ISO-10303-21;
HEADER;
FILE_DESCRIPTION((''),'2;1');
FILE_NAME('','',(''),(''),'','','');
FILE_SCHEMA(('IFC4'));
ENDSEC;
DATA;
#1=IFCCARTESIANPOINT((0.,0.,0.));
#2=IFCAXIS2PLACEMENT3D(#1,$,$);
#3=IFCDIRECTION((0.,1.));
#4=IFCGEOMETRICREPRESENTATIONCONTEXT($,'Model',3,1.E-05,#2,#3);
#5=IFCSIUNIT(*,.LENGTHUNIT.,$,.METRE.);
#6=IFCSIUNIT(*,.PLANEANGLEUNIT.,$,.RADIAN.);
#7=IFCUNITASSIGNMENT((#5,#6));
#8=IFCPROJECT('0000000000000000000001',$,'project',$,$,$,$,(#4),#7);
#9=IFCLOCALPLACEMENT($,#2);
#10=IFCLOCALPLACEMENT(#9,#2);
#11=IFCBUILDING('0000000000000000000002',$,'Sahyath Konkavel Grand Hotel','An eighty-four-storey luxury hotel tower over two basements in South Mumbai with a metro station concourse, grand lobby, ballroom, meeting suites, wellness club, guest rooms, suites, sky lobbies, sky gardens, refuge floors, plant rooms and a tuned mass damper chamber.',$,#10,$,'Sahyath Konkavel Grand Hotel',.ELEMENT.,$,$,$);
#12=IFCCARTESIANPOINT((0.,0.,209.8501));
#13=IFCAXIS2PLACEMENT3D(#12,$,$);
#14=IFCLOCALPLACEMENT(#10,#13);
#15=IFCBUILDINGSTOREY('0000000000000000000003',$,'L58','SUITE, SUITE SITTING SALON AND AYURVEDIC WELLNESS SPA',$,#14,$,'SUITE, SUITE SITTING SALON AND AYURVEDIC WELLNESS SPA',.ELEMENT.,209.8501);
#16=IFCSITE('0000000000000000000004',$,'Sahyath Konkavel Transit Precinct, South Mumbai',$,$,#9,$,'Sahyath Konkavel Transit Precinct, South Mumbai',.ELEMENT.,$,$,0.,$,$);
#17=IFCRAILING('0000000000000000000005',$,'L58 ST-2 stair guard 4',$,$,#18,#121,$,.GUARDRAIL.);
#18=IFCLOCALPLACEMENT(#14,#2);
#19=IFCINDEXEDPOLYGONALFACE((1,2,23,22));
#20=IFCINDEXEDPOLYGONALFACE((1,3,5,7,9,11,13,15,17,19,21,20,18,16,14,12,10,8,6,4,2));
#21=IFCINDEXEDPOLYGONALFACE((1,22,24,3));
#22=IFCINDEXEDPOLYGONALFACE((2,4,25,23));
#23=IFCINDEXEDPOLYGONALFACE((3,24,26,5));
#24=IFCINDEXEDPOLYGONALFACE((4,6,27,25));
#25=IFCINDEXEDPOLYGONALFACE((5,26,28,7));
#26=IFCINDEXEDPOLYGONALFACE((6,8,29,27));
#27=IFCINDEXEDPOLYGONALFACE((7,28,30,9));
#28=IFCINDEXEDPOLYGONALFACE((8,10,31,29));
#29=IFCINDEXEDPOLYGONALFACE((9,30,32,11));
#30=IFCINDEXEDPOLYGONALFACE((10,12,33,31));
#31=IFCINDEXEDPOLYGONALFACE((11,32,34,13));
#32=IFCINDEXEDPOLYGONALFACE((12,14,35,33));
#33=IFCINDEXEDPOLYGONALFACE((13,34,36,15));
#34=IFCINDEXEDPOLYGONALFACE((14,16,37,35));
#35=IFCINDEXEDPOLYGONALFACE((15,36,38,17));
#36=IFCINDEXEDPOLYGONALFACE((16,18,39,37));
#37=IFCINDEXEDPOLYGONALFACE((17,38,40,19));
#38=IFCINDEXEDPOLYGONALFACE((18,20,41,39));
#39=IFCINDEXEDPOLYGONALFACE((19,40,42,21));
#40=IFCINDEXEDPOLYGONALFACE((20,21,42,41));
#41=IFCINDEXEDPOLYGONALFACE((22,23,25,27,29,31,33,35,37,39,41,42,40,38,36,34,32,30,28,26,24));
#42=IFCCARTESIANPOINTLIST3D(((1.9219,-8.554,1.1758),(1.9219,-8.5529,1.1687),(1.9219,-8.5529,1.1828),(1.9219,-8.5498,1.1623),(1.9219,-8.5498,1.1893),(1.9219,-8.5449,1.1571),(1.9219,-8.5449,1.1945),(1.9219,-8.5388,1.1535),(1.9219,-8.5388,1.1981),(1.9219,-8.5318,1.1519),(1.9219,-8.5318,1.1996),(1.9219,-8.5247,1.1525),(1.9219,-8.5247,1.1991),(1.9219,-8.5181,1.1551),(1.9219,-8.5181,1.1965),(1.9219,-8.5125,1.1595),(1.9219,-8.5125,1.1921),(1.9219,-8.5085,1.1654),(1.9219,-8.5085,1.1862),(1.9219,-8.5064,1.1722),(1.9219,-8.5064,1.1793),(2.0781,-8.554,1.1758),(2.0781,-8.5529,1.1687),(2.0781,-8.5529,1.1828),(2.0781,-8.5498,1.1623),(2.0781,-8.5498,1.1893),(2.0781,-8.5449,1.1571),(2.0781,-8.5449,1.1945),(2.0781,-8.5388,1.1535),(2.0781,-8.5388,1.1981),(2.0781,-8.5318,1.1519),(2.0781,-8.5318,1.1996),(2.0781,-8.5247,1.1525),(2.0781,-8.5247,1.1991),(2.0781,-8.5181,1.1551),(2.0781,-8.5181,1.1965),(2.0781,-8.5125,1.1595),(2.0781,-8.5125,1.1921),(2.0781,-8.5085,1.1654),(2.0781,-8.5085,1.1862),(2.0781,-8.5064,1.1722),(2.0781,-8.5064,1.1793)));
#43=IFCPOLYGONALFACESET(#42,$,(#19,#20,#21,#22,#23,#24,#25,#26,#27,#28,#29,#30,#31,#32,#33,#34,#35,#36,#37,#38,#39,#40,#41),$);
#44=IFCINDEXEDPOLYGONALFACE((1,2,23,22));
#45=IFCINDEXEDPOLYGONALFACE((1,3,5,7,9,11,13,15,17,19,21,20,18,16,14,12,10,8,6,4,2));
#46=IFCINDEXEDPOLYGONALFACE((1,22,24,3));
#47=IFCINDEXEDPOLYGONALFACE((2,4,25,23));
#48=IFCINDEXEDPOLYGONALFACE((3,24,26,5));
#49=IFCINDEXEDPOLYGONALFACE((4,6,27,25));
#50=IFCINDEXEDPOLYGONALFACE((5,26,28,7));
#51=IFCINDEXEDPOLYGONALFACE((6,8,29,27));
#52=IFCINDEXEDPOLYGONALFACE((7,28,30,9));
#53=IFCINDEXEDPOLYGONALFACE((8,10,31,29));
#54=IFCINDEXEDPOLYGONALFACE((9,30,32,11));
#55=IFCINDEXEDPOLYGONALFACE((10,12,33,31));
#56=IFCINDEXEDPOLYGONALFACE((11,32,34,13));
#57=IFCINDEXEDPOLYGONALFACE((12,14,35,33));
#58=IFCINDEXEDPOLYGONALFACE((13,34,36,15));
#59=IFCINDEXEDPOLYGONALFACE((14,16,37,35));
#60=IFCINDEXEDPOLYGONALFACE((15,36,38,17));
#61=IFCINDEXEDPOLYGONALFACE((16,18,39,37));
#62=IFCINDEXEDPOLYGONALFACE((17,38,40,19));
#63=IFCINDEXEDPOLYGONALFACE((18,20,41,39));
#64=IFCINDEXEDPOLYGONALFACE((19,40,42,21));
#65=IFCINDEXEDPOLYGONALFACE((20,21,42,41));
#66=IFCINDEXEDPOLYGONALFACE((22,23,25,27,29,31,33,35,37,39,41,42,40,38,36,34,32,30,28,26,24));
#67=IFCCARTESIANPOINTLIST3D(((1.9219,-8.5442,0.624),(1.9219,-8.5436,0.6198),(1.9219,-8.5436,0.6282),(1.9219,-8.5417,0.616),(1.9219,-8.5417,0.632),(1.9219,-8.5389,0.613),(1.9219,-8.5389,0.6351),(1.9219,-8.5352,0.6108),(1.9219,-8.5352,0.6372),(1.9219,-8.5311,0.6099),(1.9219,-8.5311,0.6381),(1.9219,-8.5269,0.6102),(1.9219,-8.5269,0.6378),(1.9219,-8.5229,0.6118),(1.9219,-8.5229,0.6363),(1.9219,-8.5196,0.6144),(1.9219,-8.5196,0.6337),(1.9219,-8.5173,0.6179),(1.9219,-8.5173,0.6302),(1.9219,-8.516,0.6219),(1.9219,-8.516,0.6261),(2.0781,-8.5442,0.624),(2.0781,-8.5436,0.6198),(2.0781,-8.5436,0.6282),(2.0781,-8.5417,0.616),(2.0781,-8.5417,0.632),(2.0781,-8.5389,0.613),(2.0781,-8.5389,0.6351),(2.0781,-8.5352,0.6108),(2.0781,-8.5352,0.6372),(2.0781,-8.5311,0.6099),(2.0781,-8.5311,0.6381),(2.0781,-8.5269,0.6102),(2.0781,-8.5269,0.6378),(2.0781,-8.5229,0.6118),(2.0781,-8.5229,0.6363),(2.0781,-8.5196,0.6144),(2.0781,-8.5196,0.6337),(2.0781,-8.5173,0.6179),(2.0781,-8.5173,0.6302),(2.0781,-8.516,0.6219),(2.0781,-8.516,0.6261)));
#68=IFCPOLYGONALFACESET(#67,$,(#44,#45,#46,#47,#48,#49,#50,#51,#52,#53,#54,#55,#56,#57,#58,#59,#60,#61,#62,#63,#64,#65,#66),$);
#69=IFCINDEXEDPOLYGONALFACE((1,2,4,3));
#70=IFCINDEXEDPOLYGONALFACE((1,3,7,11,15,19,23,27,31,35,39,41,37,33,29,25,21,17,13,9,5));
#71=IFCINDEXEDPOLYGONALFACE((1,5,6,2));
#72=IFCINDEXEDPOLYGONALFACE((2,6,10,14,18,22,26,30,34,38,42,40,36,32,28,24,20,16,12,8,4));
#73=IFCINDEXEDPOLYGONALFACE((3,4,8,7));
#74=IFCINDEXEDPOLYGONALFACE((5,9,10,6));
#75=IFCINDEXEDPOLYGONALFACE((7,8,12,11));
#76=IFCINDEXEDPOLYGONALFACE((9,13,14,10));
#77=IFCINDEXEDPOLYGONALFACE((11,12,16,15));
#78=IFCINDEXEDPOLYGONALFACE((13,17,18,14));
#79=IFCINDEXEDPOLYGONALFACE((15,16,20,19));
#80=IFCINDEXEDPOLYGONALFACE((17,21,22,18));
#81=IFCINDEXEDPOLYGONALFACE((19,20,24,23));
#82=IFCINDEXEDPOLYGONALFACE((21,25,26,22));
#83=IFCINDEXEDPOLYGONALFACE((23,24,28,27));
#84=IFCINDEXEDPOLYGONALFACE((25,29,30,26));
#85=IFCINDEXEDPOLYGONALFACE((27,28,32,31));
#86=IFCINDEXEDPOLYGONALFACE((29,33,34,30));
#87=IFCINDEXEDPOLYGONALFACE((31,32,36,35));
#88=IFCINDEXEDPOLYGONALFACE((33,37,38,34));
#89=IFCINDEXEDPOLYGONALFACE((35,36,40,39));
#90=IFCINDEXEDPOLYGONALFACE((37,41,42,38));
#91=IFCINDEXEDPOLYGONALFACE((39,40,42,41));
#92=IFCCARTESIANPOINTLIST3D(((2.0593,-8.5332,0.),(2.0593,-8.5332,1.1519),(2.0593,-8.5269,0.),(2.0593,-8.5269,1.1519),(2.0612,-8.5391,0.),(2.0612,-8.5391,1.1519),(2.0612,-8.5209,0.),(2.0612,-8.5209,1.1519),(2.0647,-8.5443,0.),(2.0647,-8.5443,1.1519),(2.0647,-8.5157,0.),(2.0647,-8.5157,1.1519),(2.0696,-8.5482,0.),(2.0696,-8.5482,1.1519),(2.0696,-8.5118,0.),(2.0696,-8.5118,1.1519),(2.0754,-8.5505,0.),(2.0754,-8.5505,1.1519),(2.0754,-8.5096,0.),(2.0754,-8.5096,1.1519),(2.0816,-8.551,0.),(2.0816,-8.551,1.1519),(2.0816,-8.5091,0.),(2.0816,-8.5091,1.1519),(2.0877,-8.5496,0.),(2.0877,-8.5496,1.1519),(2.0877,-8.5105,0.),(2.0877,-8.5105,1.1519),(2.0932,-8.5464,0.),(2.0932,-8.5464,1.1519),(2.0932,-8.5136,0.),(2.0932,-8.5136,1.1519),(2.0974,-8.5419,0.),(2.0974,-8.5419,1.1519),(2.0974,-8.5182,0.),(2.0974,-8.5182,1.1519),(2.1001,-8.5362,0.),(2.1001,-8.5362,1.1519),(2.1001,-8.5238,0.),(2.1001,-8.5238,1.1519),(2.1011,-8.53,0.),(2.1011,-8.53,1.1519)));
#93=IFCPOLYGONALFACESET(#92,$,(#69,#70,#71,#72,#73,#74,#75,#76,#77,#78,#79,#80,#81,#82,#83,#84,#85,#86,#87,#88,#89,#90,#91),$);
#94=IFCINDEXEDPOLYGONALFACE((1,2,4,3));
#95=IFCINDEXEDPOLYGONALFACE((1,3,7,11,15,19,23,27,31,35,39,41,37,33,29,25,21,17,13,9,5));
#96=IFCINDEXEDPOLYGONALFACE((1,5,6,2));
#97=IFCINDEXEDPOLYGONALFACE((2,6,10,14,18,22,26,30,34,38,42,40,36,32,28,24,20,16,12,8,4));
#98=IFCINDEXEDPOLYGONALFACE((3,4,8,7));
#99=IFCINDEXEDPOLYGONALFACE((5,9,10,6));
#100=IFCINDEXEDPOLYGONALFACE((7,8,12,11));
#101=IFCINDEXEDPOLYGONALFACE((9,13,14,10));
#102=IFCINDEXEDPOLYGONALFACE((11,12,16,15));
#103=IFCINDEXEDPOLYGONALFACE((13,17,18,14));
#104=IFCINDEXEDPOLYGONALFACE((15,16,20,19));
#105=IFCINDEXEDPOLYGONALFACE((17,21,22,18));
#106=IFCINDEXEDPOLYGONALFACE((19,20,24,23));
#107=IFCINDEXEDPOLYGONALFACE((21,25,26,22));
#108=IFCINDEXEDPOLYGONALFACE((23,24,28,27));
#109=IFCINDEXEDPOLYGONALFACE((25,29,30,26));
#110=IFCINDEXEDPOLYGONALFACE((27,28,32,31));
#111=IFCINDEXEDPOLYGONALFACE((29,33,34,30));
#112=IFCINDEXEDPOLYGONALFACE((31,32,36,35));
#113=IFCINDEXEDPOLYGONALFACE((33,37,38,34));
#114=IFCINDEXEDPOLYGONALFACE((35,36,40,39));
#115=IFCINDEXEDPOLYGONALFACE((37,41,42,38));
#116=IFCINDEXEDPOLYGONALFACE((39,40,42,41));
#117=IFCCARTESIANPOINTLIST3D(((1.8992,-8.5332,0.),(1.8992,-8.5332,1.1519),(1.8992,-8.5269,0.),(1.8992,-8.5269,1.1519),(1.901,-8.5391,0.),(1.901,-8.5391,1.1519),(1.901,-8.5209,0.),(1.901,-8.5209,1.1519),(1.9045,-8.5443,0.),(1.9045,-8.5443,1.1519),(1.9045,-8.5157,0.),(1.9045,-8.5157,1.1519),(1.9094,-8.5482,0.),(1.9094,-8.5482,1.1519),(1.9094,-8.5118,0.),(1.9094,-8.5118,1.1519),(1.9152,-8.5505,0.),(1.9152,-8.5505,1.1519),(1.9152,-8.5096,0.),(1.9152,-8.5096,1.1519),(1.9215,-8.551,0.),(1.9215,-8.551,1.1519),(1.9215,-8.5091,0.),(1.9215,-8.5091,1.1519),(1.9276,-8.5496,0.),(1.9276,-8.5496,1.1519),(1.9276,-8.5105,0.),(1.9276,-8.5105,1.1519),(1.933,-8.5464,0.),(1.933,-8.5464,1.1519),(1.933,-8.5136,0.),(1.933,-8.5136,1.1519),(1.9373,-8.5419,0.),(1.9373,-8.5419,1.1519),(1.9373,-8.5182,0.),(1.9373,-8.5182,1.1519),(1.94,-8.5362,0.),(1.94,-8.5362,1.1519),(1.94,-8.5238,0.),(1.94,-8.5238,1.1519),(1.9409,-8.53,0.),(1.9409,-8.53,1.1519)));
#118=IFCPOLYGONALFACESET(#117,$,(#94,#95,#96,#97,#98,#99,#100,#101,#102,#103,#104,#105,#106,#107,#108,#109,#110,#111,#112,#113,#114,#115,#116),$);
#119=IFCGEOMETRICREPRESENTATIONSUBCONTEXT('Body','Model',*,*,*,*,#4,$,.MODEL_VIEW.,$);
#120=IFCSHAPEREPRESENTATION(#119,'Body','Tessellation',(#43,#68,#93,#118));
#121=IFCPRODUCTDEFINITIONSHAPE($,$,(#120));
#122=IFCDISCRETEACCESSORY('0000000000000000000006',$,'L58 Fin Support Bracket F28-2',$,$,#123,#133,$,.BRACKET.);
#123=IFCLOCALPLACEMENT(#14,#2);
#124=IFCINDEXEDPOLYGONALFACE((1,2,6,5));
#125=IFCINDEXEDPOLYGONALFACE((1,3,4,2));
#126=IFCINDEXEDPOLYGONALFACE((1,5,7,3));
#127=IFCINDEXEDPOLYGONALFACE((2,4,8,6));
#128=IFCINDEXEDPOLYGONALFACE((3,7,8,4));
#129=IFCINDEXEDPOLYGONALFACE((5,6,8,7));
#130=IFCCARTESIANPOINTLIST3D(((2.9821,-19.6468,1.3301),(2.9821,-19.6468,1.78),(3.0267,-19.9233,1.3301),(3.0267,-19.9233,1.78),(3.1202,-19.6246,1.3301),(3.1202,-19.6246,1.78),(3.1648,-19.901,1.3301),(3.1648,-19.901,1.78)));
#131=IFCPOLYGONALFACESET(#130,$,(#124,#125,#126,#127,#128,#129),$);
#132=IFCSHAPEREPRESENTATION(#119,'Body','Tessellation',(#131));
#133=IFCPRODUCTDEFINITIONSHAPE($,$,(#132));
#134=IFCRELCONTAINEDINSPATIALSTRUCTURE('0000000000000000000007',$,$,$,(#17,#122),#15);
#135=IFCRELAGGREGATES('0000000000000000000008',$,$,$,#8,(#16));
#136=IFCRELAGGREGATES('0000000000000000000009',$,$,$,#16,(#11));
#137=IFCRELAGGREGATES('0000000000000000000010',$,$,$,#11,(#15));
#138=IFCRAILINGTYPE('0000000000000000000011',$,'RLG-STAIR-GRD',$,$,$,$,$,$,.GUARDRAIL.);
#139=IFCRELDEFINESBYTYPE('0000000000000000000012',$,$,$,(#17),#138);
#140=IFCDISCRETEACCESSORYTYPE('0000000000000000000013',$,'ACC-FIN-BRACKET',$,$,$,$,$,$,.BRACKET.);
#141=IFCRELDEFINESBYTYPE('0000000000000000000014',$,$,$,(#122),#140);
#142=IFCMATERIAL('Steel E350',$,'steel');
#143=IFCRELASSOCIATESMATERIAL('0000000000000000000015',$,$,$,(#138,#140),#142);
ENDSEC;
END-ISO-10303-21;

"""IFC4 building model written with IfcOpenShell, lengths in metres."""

from ifc_helpers import new_model, si_unit, direction, frame, origin, origin_2d, place, context, subcontext, project, spatial, rectangle, circle, extrude, source, transform, mapped, material, type_object, element, save


model = new_model("IFC4")

# Units and contexts
model_context = context("Model", 3, precision=1e-05, world=origin(), true_north=direction((0.0, 1.0)))
body_context = subcontext(model_context, "Body", "Model", "MODEL_VIEW")
ifc_project = project(units=[si_unit("LENGTHUNIT", "METRE"), si_unit("PLANEANGLEUNIT", "RADIAN")], contexts=[model_context])

# Site, building, storey
site_placement = place(None, origin())
site = spatial("IfcSite", under=ifc_project, at=site_placement, Name="Sahyath Konkavel Transit Precinct, South Mumbai", LongName="Sahyath Konkavel Transit Precinct, South Mumbai", CompositionType="ELEMENT", RefElevation=0.0)
building_placement = place(site_placement, origin())
building = spatial("IfcBuilding", under=site, at=building_placement, Name="Sahyath Konkavel Grand Hotel", Description="An eighty-four-storey luxury hotel tower over two basements in South Mumbai with a metro station concourse, grand lobby, ballroom, meeting suites, wellness club, guest rooms, suites, sky lobbies, sky gardens, refuge floors, plant rooms and a tuned mass damper chamber.", LongName="Sahyath Konkavel Grand Hotel", CompositionType="ELEMENT")
storey_placement = place(building_placement, frame((0.0, 0.0, 209.8501)))
storey = spatial("IfcBuildingStorey", under=building, at=storey_placement, Name="L58", Description="SUITE, SUITE SITTING SALON AND AYURVEDIC WELLNESS SPA", LongName="SUITE, SUITE SITTING SALON AND AYURVEDIC WELLNESS SPA", CompositionType="ELEMENT", Elevation=209.8501)

# Shared definitions
ifc_material_1 = material(Name="Steel E350", Category="steel")

# Railing
railing_type = type_object("IfcRailingType", Name="RLG-STAIR-GRD", PredefinedType="GUARDRAIL", material=ifc_material_1)
railing_1_placement = place(storey_placement, frame((2.0801, -8.53, 0.0)))
element("IfcRailing", 1, at=railing_1_placement, inside=storey, type_object=railing_type, Name="L58 ST-2 stair guard 4", PredefinedType="GUARDRAIL", context=body_context, shape_type="SweptSolid", body=[
    extrude(circle(Radius=0.0239, at=origin_2d()), frame((-0.002, 0.0, 1.1758), z_axis=(-1.0, 0.0, 0.0), x_axis=(0.0, -1.0, 0.0)), (0.0, 0.0, 1.0), 0.1562),
    extrude(circle(Radius=0.0142, at=origin_2d()), frame((-0.002, 0.0, 0.624), z_axis=(-1.0, 0.0, 0.0), x_axis=(0.0, -1.0, 0.0)), (0.0, 0.0, 1.0), 0.1562),
    extrude(circle(Radius=0.021, at=origin_2d()), origin(), (0.0, 0.0, 1.0), 1.1519),
    extrude(circle(Radius=0.021, at=origin_2d()), frame((-0.1602, 0.0, 0.0)), (0.0, 0.0, 1.0), 1.1519),
])

# Discrete accessory
discrete_accessory_type = type_object("IfcDiscreteAccessoryType", Name="ACC-FIN-BRACKET", PredefinedType="BRACKET", material=ifc_material_1)
shared_shape_1 = source(origin(), body_context, "Body", "SweptSolid", [
    extrude(rectangle(XDim=0.28, YDim=0.1399, at=origin_2d()), origin(), (0.0, 0.0, 1.0), 0.45),
])
discrete_accessory_placement = place(storey_placement, frame((3.0735, -19.7739, 1.3301), z_axis=(0.0, 0.0, 1.0), x_axis=(0.159295, -0.987231, 0.0)))
element("IfcDiscreteAccessory", 2, at=discrete_accessory_placement, inside=storey, type_object=discrete_accessory_type, Name="L58 Fin Support Bracket F28-2", PredefinedType="BRACKET", context=body_context, shape_type="MappedRepresentation", body=[
    mapped(shared_shape_1, transform((0.0, 0.0, 0.0), scale=1.0)),
])

save(model, "model.ifc")
